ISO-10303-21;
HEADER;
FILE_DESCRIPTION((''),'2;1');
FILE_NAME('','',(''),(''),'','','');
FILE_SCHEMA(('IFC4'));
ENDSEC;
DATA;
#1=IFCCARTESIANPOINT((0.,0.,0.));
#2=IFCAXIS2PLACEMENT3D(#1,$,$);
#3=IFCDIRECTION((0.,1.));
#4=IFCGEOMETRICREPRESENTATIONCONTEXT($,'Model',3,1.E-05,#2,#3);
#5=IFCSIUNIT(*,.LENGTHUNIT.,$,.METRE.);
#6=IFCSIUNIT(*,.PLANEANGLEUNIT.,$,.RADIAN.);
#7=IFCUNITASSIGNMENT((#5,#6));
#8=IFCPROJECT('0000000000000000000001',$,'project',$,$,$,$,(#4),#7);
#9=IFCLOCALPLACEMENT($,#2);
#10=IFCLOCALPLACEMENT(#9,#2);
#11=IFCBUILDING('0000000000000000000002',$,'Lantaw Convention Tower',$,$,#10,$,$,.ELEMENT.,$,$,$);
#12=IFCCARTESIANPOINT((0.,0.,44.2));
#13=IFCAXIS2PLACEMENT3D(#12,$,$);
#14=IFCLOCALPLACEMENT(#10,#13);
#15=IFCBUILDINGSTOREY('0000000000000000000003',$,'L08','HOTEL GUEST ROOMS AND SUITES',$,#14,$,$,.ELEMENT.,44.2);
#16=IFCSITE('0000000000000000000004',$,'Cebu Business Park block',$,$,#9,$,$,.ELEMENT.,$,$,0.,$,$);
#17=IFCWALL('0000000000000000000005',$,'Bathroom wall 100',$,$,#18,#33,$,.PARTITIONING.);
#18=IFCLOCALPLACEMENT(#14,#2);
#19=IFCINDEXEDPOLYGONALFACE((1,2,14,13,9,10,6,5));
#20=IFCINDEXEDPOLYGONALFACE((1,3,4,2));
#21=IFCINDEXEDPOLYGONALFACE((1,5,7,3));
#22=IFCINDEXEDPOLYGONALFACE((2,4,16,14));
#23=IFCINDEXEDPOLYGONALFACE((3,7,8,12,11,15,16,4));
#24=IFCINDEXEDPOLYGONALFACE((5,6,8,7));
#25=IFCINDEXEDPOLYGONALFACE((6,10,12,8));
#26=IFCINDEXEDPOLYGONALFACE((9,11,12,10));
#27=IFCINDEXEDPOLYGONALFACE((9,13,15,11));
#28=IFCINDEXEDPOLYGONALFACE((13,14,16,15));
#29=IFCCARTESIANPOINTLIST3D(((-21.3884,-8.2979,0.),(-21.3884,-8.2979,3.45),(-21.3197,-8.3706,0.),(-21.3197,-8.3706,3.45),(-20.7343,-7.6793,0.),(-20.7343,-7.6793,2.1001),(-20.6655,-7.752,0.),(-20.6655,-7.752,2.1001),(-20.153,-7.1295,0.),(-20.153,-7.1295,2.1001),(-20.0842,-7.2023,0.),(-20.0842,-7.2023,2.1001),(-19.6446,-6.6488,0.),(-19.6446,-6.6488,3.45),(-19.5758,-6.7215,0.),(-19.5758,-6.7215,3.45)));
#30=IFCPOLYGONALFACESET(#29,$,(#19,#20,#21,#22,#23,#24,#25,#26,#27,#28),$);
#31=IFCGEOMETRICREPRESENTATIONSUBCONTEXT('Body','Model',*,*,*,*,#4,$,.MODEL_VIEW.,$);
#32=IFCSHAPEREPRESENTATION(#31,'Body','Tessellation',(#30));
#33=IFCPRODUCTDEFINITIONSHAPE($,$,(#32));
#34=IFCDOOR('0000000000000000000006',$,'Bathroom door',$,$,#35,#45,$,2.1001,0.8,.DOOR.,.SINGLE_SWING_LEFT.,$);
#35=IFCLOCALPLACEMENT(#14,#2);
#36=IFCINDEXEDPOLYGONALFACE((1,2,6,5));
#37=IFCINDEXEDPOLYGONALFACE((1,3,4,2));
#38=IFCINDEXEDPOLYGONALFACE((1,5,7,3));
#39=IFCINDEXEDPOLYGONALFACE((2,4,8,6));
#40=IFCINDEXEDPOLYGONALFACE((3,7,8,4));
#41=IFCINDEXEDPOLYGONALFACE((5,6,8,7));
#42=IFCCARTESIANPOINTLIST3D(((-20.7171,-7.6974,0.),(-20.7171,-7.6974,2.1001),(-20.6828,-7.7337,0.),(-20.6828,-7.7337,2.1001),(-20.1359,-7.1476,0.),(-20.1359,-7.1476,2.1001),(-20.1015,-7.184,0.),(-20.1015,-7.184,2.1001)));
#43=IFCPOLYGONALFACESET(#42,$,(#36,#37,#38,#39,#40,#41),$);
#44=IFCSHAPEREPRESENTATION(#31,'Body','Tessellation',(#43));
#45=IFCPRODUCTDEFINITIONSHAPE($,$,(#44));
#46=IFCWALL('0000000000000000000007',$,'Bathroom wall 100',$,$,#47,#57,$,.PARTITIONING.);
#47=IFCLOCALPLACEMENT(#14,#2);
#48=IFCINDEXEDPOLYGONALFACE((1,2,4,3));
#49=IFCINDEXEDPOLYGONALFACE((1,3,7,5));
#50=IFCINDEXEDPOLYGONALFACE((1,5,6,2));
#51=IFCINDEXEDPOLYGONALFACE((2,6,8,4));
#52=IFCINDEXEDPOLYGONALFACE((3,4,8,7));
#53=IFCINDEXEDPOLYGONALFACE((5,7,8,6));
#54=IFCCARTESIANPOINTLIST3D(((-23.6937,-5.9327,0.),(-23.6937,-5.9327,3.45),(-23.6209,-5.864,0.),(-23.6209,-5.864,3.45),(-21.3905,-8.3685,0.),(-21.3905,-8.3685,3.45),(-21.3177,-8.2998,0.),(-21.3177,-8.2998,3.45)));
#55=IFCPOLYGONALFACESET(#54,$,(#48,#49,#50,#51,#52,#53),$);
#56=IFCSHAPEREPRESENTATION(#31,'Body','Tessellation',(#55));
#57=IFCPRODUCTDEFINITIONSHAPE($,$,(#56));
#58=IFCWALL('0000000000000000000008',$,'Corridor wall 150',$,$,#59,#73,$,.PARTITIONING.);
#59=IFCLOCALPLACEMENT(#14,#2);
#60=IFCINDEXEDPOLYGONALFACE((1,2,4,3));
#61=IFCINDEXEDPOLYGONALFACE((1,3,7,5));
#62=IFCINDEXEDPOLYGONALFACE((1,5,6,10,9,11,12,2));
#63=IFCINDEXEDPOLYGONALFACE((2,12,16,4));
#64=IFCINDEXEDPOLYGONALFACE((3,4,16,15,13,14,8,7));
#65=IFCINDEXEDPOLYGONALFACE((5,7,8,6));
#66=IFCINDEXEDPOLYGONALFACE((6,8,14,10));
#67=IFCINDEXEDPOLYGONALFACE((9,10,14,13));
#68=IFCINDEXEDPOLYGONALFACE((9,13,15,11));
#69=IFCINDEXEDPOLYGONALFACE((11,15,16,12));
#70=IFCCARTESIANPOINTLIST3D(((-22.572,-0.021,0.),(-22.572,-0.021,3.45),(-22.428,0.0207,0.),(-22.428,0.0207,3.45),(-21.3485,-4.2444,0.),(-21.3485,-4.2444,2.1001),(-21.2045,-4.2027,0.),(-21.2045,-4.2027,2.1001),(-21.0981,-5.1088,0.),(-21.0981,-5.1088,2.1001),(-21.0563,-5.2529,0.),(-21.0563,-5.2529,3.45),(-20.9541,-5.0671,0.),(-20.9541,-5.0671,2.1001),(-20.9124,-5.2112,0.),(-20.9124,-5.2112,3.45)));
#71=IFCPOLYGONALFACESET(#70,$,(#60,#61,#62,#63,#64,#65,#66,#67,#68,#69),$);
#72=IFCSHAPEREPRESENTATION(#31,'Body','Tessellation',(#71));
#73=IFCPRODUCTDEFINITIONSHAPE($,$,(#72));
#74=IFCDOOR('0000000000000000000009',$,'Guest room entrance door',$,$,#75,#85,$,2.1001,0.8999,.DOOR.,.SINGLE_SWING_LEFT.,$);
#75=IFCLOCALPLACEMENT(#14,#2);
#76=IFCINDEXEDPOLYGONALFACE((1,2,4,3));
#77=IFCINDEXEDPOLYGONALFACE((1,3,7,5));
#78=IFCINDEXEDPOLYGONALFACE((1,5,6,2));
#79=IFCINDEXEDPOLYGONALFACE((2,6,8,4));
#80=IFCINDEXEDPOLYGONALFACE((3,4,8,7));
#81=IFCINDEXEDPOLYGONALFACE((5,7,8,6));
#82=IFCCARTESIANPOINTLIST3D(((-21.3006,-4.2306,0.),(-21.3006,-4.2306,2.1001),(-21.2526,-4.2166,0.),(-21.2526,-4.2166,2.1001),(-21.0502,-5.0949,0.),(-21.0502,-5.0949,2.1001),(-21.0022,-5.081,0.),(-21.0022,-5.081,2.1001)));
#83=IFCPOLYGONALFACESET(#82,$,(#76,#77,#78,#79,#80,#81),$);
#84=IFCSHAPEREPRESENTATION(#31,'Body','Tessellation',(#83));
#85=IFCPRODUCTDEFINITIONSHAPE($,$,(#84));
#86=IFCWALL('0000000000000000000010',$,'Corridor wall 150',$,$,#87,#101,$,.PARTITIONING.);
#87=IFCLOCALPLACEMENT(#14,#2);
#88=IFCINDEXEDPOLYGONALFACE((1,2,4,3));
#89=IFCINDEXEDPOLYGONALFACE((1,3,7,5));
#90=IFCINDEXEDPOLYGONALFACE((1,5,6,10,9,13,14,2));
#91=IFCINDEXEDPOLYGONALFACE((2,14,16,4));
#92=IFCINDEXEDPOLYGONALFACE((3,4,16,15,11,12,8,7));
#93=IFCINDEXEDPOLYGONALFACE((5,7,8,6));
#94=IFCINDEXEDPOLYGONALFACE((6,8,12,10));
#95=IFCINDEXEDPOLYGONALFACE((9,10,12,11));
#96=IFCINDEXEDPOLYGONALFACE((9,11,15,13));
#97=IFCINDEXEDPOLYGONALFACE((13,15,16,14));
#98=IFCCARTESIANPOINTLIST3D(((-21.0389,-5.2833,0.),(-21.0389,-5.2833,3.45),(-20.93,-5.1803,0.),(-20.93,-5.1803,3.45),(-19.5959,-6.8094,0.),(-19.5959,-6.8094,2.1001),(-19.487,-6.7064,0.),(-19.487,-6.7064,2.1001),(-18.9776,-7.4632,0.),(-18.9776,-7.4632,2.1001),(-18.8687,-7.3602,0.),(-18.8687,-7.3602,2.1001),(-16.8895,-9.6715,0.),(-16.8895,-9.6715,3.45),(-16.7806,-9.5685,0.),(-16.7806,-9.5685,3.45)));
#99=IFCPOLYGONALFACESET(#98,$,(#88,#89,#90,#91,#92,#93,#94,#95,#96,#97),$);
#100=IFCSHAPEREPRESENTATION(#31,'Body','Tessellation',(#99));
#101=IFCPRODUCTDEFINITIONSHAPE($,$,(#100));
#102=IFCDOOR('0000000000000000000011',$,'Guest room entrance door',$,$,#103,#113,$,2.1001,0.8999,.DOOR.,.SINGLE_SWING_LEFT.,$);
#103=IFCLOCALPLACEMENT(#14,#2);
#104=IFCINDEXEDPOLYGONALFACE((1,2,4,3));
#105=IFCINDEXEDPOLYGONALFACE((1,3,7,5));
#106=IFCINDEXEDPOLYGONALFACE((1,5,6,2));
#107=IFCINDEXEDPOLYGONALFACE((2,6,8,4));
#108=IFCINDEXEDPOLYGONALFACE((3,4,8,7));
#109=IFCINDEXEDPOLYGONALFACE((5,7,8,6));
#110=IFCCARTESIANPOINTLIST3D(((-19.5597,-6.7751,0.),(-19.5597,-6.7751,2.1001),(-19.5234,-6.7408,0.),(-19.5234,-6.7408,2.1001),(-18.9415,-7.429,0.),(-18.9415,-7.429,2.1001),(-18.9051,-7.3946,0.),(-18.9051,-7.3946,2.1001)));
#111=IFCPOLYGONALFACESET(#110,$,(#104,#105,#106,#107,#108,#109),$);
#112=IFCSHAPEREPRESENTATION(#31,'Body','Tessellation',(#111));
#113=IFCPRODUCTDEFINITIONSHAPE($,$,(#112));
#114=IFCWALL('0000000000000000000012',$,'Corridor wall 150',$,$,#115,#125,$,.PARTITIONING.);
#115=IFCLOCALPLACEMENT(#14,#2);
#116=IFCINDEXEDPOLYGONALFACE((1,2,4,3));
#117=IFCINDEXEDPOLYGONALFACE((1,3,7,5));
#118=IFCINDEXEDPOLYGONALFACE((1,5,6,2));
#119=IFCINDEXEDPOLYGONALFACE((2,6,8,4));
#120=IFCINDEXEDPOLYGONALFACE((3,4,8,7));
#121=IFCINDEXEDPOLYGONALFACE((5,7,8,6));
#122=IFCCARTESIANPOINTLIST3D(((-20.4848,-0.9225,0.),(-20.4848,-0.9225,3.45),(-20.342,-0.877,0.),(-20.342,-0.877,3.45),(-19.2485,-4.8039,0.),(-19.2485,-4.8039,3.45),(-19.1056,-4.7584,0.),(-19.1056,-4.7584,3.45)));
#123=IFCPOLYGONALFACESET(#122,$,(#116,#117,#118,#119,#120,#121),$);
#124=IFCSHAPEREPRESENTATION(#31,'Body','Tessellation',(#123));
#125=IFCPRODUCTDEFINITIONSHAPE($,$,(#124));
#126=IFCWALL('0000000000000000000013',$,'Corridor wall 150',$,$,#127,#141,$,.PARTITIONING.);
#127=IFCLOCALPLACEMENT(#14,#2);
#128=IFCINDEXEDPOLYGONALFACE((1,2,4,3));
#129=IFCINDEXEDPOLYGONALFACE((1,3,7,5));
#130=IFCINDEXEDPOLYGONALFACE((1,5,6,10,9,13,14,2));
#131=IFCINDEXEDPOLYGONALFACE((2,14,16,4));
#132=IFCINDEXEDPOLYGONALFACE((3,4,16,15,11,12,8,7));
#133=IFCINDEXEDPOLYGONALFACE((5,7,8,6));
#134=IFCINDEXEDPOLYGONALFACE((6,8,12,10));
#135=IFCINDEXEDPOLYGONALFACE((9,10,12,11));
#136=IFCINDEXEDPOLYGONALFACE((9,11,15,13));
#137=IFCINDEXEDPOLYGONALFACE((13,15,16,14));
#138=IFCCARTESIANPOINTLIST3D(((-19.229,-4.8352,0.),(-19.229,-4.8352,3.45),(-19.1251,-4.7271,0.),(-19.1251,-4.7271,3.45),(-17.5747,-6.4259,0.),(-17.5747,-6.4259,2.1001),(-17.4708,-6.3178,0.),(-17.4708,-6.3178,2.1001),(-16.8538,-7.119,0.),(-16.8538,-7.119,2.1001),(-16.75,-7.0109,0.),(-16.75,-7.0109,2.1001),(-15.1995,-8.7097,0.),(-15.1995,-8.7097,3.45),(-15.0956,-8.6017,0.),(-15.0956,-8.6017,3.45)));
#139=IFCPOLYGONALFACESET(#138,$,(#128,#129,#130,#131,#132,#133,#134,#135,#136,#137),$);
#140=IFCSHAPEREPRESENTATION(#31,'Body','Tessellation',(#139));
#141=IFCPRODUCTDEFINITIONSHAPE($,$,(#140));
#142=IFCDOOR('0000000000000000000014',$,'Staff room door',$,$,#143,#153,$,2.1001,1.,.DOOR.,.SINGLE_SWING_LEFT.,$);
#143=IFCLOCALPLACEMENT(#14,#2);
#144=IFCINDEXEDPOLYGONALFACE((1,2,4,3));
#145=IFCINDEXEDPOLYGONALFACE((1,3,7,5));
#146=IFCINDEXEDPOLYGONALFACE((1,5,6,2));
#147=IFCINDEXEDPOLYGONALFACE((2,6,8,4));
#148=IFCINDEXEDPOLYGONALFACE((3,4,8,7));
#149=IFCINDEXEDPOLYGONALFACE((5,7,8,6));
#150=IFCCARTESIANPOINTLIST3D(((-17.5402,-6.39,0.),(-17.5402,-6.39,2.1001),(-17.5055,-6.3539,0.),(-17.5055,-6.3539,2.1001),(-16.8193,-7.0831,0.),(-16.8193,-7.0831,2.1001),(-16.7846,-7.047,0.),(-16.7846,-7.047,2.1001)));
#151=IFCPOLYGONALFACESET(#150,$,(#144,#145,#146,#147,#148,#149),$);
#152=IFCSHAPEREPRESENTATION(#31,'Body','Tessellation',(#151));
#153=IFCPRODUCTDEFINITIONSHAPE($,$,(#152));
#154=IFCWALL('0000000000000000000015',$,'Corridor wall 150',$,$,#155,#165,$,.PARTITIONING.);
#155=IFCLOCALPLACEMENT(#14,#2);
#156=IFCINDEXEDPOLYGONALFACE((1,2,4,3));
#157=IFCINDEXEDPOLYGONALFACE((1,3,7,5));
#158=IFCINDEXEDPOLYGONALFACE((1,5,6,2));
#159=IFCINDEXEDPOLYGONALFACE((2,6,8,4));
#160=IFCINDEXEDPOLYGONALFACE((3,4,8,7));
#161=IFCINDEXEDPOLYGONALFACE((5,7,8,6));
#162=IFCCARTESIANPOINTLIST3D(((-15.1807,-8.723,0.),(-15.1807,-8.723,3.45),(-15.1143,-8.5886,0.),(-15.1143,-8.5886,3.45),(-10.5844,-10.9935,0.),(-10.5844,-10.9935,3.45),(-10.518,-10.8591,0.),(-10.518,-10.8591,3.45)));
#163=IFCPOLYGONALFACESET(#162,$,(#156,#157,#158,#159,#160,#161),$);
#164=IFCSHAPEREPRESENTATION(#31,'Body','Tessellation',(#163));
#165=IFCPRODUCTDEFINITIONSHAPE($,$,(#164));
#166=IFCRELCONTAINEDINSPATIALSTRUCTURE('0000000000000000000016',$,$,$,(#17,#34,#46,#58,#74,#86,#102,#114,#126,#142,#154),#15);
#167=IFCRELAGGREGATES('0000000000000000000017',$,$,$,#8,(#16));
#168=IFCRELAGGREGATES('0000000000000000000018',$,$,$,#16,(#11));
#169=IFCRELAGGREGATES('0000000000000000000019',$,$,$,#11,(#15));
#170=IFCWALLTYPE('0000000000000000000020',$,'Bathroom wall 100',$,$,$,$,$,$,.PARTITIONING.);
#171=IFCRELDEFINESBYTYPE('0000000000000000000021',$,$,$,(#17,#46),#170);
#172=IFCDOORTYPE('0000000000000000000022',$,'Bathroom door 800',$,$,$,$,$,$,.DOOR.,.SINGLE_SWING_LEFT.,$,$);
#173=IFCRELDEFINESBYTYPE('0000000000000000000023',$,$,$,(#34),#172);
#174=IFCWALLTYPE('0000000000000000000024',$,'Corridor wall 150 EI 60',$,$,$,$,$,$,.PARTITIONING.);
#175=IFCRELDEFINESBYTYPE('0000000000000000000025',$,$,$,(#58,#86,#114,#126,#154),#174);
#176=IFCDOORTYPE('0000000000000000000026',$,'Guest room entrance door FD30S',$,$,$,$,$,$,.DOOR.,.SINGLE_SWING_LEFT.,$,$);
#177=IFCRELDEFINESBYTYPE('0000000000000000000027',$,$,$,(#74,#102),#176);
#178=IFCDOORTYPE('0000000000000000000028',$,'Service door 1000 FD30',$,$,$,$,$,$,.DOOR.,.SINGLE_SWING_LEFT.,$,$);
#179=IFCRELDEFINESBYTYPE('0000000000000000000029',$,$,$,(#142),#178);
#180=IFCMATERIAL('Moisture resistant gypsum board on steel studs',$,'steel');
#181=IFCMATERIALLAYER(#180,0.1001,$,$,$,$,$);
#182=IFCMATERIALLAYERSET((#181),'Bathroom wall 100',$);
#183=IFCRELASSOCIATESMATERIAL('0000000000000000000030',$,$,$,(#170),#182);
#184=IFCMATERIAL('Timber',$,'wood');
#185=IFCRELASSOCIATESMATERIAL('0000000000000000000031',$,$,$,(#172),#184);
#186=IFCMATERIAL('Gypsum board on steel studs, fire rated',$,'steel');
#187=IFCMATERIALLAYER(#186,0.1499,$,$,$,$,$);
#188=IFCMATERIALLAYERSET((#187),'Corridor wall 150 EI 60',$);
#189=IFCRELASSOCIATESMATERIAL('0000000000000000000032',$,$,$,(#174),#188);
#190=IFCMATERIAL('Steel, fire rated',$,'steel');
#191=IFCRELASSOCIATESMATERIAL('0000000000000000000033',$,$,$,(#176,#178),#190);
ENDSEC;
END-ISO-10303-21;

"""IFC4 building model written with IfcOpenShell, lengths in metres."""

from ifc_helpers import new_model, si_unit, direction, frame, frame_2d, origin, place, context, subcontext, project, spatial, rectangle, extrude, material, layer, layer_set, type_object, element, fill, save


model = new_model("IFC4")

# Units and contexts
model_context = context("Model", 3, precision=1e-05, world=origin(), true_north=direction((0.0, 1.0)))
body_context = subcontext(model_context, "Body", "Model", "MODEL_VIEW")
ifc_project = project(units=[si_unit("LENGTHUNIT", "METRE"), si_unit("PLANEANGLEUNIT", "RADIAN")], contexts=[model_context])

# Site, building, storey
site_placement = place(None, origin())
site = spatial("IfcSite", under=ifc_project, at=site_placement, Name="Cebu Business Park block", CompositionType="ELEMENT", RefElevation=0.0)
building_placement = place(site_placement, origin())
building = spatial("IfcBuilding", under=site, at=building_placement, Name="Lantaw Convention Tower", CompositionType="ELEMENT")
storey_placement = place(building_placement, frame((0.0, 0.0, 44.2)))
storey = spatial("IfcBuildingStorey", under=building, at=storey_placement, Name="L08", Description="HOTEL GUEST ROOMS AND SUITES", CompositionType="ELEMENT", Elevation=44.2)

# Shared definitions
ifc_material_1 = material(Name="Moisture resistant gypsum board on steel studs", Category="steel")
ifc_layer_1 = layer(ifc_material_1, 0.1001)
ifc_layer_set_1 = layer_set([ifc_layer_1], Name="Bathroom wall 100")
wall_type_1 = type_object("IfcWallType", Name="Bathroom wall 100", PredefinedType="PARTITIONING", material=ifc_layer_set_1)
ifc_material_2 = material(Name="Timber", Category="wood")
door_type_1 = type_object("IfcDoorType", Name="Bathroom door 800", OperationType="SINGLE_SWING_LEFT", PredefinedType="DOOR", material=ifc_material_2)

# Wall, opening, door
wall_1_placement = place(storey_placement, frame((-19.6101, -6.6851, 0.0), z_axis=(0.0, 0.0, 1.0), x_axis=(-0.726564, -0.687098, 0.0)))
wall_1 = element("IfcWall", 1, at=wall_1_placement, inside=storey, type_object=wall_type_1, Name="Bathroom wall 100", PredefinedType="PARTITIONING", context=body_context, shape_type="SweptSolid", body=[
    extrude(rectangle(XDim=2.4001, YDim=0.1001, at=frame_2d((1.2002, 0.0))), origin(), (0.0, 0.0, 1.0), 3.45),
])
opening_1_placement = place(wall_1_placement, frame((0.7, 0.0, 0.0)))
opening_1 = element("IfcOpeningElement", 2, at=opening_1_placement, cuts=wall_1, PredefinedType="OPENING", context=body_context, shape_type="SweptSolid", body=[
    extrude(rectangle(XDim=0.8, YDim=2.1001, at=frame_2d((0.3999, 1.05))), frame((0.0, 0.0601, 0.0), z_axis=(0.0, -1.0, 0.0), x_axis=(1.0, 0.0, 0.0)), (0.0, 0.0, 1.0), 0.1201),
])
door_1_placement = place(opening_1_placement, origin())
door_1 = element("IfcDoor", 3, at=door_1_placement, inside=storey, type_object=door_type_1, Name="Bathroom door", OperationType="SINGLE_SWING_LEFT", OverallHeight=2.1001, OverallWidth=0.8, PredefinedType="DOOR", context=body_context, shape_type="SweptSolid", body=[
    extrude(rectangle(XDim=0.8, YDim=2.1001, at=frame_2d((0.3999, 1.05))), frame((0.0, 0.0249, 0.0), z_axis=(0.0, -1.0, 0.0), x_axis=(1.0, 0.0, 0.0)), (0.0, 0.0, 1.0), 0.05),
])
fill(opening_1, door_1)

# Wall
wall_2_placement = place(storey_placement, frame((-21.354, -8.3342, 0.0), z_axis=(0.0, 0.0, 1.0), x_axis=(-0.687058, 0.726603, 0.0)))
element("IfcWall", 4, at=wall_2_placement, inside=storey, type_object=wall_type_1, Name="Bathroom wall 100", PredefinedType="PARTITIONING", context=body_context, shape_type="SweptSolid", body=[
    extrude(rectangle(XDim=3.3523, YDim=0.1001, at=frame_2d((1.6763, 0.0))), origin(), (0.0, 0.0, 1.0), 3.45),
])

# Walls, openings, doors
ifc_material_3 = material(Name="Gypsum board on steel studs, fire rated", Category="steel")
ifc_layer_2 = layer(ifc_material_3, 0.1499)
ifc_layer_set_2 = layer_set([ifc_layer_2], Name="Corridor wall 150 EI 60")
wall_type_2 = type_object("IfcWallType", Name="Corridor wall 150 EI 60", PredefinedType="PARTITIONING", material=ifc_layer_set_2)
wall_3_placement = place(storey_placement, frame((-22.5, 0.0, 0.0), z_axis=(0.0, 0.0, 1.0), x_axis=(0.278247, -0.960509, 0.0)))
wall_3 = element("IfcWall", 5, at=wall_3_placement, inside=storey, type_object=wall_type_2, Name="Corridor wall 150", PredefinedType="PARTITIONING", context=body_context, shape_type="SweptSolid", body=[
    extrude(rectangle(XDim=5.447, YDim=0.1499, at=frame_2d((2.7236, 0.0))), origin(), (0.0, 0.0, 1.0), 3.45),
])
opening_2_placement = place(wall_3_placement, frame((4.3972, 0.0, 0.0)))
opening_2 = element("IfcOpeningElement", 6, at=opening_2_placement, cuts=wall_3, PredefinedType="OPENING", context=body_context, shape_type="SweptSolid", body=[
    extrude(rectangle(XDim=0.8999, YDim=2.1001, at=frame_2d((0.45, 1.05))), frame((0.0, 0.085, 0.0), z_axis=(0.0, -1.0, 0.0), x_axis=(1.0, 0.0, 0.0)), (0.0, 0.0, 1.0), 0.1699),
])
ifc_material_4 = material(Name="Steel, fire rated", Category="steel")
door_type_2 = type_object("IfcDoorType", Name="Guest room entrance door FD30S", OperationType="SINGLE_SWING_LEFT", PredefinedType="DOOR", material=ifc_material_4)
door_2_placement = place(opening_2_placement, origin())
door_2 = element("IfcDoor", 7, at=door_2_placement, inside=storey, type_object=door_type_2, Name="Guest room entrance door", OperationType="SINGLE_SWING_LEFT", OverallHeight=2.1001, OverallWidth=0.8999, PredefinedType="DOOR", context=body_context, shape_type="SweptSolid", body=[
    extrude(rectangle(XDim=0.8999, YDim=2.1001, at=frame_2d((0.45, 1.05))), frame((0.0, 0.0249, 0.0), z_axis=(0.0, -1.0, 0.0), x_axis=(1.0, 0.0, 0.0)), (0.0, 0.0, 1.0), 0.05),
])
fill(opening_2, door_2)
wall_4_placement = place(storey_placement, frame((-20.9844, -5.2319, 0.0), z_axis=(0.0, 0.0, 1.0), x_axis=(0.687063, -0.726598, 0.0)))
wall_4 = element("IfcWall", 8, at=wall_4_placement, inside=storey, type_object=wall_type_2, Name="Corridor wall 150", PredefinedType="PARTITIONING", context=body_context, shape_type="SweptSolid", body=[
    extrude(rectangle(XDim=6.0393, YDim=0.1499, at=frame_2d((3.0195, 0.0))), origin(), (0.0, 0.0, 1.0), 3.45),
])
opening_3_placement = place(wall_4_placement, frame((2.1001, 0.0, 0.0)))
opening_3 = element("IfcOpeningElement", 9, at=opening_3_placement, cuts=wall_4, PredefinedType="OPENING", context=body_context, shape_type="SweptSolid", body=[
    extrude(rectangle(XDim=0.8999, YDim=2.1001, at=frame_2d((0.45, 1.05))), frame((0.0, 0.085, 0.0), z_axis=(0.0, -1.0, 0.0), x_axis=(1.0, 0.0, 0.0)), (0.0, 0.0, 1.0), 0.1699),
])
door_3_placement = place(opening_3_placement, origin())
door_3 = element("IfcDoor", 10, at=door_3_placement, inside=storey, type_object=door_type_2, Name="Guest room entrance door", OperationType="SINGLE_SWING_LEFT", OverallHeight=2.1001, OverallWidth=0.8999, PredefinedType="DOOR", context=body_context, shape_type="SweptSolid", body=[
    extrude(rectangle(XDim=0.8999, YDim=2.1001, at=frame_2d((0.45, 1.05))), frame((0.0, 0.0249, 0.0), z_axis=(0.0, -1.0, 0.0), x_axis=(1.0, 0.0, 0.0)), (0.0, 0.0, 1.0), 0.05),
])
fill(opening_3, door_3)

# Wall
wall_5_placement = place(storey_placement, frame((-20.4133, -0.8999, 0.0), z_axis=(0.0, 0.0, 1.0), x_axis=(0.303505, -0.95283, 0.0)))
element("IfcWall", 11, at=wall_5_placement, inside=storey, type_object=wall_type_2, Name="Corridor wall 150", PredefinedType="PARTITIONING", context=body_context, shape_type="SweptSolid", body=[
    extrude(rectangle(XDim=4.0735, YDim=0.1499, at=frame_2d((2.0366, 0.0))), origin(), (0.0, 0.0, 1.0), 3.45),
])

# Wall, opening, door
wall_6_placement = place(storey_placement, frame((-19.177, -4.7812, 0.0), z_axis=(0.0, 0.0, 1.0), x_axis=(0.720837, -0.693104, 0.0)))
wall_6 = element("IfcWall", 12, at=wall_6_placement, inside=storey, type_object=wall_type_2, Name="Corridor wall 150", PredefinedType="PARTITIONING", context=body_context, shape_type="SweptSolid", body=[
    extrude(rectangle(XDim=5.5901, YDim=0.1499, at=frame_2d((2.7949, 0.0))), origin(), (0.0, 0.0, 1.0), 3.45),
])
opening_4_placement = place(wall_6_placement, frame((2.2949, 0.0, 0.0)))
opening_4 = element("IfcOpeningElement", 13, at=opening_4_placement, cuts=wall_6, PredefinedType="OPENING", context=body_context, shape_type="SweptSolid", body=[
    extrude(rectangle(XDim=1.0, YDim=2.1001, at=frame_2d((0.5, 1.05))), frame((0.0, 0.085, 0.0), z_axis=(0.0, -1.0, 0.0), x_axis=(1.0, 0.0, 0.0)), (0.0, 0.0, 1.0), 0.1699),
])
door_type_3 = type_object("IfcDoorType", Name="Service door 1000 FD30", OperationType="SINGLE_SWING_LEFT", PredefinedType="DOOR", material=ifc_material_4)
door_4_placement = place(opening_4_placement, origin())
door_4 = element("IfcDoor", 14, at=door_4_placement, inside=storey, type_object=door_type_3, Name="Staff room door", OperationType="SINGLE_SWING_LEFT", OverallHeight=2.1001, OverallWidth=1.0, PredefinedType="DOOR", context=body_context, shape_type="SweptSolid", body=[
    extrude(rectangle(XDim=1.0, YDim=2.1001, at=frame_2d((0.5, 1.05))), frame((0.0, 0.0249, 0.0), z_axis=(0.0, -1.0, 0.0), x_axis=(1.0, 0.0, 0.0)), (0.0, 0.0, 1.0), 0.05),
])
fill(opening_4, door_4)

# Wall
wall_7_placement = place(storey_placement, frame((-15.1475, -8.6558, 0.0), z_axis=(0.0, 0.0, 1.0), x_axis=(0.896569, -0.442903, 0.0)))
element("IfcWall", 15, at=wall_7_placement, inside=storey, type_object=wall_type_2, Name="Corridor wall 150", PredefinedType="PARTITIONING", context=body_context, shape_type="SweptSolid", body=[
    extrude(rectangle(XDim=5.1265, YDim=0.1499, at=frame_2d((2.5632, 0.0))), origin(), (0.0, 0.0, 1.0), 3.45),
])

save(model, "model.ifc")
